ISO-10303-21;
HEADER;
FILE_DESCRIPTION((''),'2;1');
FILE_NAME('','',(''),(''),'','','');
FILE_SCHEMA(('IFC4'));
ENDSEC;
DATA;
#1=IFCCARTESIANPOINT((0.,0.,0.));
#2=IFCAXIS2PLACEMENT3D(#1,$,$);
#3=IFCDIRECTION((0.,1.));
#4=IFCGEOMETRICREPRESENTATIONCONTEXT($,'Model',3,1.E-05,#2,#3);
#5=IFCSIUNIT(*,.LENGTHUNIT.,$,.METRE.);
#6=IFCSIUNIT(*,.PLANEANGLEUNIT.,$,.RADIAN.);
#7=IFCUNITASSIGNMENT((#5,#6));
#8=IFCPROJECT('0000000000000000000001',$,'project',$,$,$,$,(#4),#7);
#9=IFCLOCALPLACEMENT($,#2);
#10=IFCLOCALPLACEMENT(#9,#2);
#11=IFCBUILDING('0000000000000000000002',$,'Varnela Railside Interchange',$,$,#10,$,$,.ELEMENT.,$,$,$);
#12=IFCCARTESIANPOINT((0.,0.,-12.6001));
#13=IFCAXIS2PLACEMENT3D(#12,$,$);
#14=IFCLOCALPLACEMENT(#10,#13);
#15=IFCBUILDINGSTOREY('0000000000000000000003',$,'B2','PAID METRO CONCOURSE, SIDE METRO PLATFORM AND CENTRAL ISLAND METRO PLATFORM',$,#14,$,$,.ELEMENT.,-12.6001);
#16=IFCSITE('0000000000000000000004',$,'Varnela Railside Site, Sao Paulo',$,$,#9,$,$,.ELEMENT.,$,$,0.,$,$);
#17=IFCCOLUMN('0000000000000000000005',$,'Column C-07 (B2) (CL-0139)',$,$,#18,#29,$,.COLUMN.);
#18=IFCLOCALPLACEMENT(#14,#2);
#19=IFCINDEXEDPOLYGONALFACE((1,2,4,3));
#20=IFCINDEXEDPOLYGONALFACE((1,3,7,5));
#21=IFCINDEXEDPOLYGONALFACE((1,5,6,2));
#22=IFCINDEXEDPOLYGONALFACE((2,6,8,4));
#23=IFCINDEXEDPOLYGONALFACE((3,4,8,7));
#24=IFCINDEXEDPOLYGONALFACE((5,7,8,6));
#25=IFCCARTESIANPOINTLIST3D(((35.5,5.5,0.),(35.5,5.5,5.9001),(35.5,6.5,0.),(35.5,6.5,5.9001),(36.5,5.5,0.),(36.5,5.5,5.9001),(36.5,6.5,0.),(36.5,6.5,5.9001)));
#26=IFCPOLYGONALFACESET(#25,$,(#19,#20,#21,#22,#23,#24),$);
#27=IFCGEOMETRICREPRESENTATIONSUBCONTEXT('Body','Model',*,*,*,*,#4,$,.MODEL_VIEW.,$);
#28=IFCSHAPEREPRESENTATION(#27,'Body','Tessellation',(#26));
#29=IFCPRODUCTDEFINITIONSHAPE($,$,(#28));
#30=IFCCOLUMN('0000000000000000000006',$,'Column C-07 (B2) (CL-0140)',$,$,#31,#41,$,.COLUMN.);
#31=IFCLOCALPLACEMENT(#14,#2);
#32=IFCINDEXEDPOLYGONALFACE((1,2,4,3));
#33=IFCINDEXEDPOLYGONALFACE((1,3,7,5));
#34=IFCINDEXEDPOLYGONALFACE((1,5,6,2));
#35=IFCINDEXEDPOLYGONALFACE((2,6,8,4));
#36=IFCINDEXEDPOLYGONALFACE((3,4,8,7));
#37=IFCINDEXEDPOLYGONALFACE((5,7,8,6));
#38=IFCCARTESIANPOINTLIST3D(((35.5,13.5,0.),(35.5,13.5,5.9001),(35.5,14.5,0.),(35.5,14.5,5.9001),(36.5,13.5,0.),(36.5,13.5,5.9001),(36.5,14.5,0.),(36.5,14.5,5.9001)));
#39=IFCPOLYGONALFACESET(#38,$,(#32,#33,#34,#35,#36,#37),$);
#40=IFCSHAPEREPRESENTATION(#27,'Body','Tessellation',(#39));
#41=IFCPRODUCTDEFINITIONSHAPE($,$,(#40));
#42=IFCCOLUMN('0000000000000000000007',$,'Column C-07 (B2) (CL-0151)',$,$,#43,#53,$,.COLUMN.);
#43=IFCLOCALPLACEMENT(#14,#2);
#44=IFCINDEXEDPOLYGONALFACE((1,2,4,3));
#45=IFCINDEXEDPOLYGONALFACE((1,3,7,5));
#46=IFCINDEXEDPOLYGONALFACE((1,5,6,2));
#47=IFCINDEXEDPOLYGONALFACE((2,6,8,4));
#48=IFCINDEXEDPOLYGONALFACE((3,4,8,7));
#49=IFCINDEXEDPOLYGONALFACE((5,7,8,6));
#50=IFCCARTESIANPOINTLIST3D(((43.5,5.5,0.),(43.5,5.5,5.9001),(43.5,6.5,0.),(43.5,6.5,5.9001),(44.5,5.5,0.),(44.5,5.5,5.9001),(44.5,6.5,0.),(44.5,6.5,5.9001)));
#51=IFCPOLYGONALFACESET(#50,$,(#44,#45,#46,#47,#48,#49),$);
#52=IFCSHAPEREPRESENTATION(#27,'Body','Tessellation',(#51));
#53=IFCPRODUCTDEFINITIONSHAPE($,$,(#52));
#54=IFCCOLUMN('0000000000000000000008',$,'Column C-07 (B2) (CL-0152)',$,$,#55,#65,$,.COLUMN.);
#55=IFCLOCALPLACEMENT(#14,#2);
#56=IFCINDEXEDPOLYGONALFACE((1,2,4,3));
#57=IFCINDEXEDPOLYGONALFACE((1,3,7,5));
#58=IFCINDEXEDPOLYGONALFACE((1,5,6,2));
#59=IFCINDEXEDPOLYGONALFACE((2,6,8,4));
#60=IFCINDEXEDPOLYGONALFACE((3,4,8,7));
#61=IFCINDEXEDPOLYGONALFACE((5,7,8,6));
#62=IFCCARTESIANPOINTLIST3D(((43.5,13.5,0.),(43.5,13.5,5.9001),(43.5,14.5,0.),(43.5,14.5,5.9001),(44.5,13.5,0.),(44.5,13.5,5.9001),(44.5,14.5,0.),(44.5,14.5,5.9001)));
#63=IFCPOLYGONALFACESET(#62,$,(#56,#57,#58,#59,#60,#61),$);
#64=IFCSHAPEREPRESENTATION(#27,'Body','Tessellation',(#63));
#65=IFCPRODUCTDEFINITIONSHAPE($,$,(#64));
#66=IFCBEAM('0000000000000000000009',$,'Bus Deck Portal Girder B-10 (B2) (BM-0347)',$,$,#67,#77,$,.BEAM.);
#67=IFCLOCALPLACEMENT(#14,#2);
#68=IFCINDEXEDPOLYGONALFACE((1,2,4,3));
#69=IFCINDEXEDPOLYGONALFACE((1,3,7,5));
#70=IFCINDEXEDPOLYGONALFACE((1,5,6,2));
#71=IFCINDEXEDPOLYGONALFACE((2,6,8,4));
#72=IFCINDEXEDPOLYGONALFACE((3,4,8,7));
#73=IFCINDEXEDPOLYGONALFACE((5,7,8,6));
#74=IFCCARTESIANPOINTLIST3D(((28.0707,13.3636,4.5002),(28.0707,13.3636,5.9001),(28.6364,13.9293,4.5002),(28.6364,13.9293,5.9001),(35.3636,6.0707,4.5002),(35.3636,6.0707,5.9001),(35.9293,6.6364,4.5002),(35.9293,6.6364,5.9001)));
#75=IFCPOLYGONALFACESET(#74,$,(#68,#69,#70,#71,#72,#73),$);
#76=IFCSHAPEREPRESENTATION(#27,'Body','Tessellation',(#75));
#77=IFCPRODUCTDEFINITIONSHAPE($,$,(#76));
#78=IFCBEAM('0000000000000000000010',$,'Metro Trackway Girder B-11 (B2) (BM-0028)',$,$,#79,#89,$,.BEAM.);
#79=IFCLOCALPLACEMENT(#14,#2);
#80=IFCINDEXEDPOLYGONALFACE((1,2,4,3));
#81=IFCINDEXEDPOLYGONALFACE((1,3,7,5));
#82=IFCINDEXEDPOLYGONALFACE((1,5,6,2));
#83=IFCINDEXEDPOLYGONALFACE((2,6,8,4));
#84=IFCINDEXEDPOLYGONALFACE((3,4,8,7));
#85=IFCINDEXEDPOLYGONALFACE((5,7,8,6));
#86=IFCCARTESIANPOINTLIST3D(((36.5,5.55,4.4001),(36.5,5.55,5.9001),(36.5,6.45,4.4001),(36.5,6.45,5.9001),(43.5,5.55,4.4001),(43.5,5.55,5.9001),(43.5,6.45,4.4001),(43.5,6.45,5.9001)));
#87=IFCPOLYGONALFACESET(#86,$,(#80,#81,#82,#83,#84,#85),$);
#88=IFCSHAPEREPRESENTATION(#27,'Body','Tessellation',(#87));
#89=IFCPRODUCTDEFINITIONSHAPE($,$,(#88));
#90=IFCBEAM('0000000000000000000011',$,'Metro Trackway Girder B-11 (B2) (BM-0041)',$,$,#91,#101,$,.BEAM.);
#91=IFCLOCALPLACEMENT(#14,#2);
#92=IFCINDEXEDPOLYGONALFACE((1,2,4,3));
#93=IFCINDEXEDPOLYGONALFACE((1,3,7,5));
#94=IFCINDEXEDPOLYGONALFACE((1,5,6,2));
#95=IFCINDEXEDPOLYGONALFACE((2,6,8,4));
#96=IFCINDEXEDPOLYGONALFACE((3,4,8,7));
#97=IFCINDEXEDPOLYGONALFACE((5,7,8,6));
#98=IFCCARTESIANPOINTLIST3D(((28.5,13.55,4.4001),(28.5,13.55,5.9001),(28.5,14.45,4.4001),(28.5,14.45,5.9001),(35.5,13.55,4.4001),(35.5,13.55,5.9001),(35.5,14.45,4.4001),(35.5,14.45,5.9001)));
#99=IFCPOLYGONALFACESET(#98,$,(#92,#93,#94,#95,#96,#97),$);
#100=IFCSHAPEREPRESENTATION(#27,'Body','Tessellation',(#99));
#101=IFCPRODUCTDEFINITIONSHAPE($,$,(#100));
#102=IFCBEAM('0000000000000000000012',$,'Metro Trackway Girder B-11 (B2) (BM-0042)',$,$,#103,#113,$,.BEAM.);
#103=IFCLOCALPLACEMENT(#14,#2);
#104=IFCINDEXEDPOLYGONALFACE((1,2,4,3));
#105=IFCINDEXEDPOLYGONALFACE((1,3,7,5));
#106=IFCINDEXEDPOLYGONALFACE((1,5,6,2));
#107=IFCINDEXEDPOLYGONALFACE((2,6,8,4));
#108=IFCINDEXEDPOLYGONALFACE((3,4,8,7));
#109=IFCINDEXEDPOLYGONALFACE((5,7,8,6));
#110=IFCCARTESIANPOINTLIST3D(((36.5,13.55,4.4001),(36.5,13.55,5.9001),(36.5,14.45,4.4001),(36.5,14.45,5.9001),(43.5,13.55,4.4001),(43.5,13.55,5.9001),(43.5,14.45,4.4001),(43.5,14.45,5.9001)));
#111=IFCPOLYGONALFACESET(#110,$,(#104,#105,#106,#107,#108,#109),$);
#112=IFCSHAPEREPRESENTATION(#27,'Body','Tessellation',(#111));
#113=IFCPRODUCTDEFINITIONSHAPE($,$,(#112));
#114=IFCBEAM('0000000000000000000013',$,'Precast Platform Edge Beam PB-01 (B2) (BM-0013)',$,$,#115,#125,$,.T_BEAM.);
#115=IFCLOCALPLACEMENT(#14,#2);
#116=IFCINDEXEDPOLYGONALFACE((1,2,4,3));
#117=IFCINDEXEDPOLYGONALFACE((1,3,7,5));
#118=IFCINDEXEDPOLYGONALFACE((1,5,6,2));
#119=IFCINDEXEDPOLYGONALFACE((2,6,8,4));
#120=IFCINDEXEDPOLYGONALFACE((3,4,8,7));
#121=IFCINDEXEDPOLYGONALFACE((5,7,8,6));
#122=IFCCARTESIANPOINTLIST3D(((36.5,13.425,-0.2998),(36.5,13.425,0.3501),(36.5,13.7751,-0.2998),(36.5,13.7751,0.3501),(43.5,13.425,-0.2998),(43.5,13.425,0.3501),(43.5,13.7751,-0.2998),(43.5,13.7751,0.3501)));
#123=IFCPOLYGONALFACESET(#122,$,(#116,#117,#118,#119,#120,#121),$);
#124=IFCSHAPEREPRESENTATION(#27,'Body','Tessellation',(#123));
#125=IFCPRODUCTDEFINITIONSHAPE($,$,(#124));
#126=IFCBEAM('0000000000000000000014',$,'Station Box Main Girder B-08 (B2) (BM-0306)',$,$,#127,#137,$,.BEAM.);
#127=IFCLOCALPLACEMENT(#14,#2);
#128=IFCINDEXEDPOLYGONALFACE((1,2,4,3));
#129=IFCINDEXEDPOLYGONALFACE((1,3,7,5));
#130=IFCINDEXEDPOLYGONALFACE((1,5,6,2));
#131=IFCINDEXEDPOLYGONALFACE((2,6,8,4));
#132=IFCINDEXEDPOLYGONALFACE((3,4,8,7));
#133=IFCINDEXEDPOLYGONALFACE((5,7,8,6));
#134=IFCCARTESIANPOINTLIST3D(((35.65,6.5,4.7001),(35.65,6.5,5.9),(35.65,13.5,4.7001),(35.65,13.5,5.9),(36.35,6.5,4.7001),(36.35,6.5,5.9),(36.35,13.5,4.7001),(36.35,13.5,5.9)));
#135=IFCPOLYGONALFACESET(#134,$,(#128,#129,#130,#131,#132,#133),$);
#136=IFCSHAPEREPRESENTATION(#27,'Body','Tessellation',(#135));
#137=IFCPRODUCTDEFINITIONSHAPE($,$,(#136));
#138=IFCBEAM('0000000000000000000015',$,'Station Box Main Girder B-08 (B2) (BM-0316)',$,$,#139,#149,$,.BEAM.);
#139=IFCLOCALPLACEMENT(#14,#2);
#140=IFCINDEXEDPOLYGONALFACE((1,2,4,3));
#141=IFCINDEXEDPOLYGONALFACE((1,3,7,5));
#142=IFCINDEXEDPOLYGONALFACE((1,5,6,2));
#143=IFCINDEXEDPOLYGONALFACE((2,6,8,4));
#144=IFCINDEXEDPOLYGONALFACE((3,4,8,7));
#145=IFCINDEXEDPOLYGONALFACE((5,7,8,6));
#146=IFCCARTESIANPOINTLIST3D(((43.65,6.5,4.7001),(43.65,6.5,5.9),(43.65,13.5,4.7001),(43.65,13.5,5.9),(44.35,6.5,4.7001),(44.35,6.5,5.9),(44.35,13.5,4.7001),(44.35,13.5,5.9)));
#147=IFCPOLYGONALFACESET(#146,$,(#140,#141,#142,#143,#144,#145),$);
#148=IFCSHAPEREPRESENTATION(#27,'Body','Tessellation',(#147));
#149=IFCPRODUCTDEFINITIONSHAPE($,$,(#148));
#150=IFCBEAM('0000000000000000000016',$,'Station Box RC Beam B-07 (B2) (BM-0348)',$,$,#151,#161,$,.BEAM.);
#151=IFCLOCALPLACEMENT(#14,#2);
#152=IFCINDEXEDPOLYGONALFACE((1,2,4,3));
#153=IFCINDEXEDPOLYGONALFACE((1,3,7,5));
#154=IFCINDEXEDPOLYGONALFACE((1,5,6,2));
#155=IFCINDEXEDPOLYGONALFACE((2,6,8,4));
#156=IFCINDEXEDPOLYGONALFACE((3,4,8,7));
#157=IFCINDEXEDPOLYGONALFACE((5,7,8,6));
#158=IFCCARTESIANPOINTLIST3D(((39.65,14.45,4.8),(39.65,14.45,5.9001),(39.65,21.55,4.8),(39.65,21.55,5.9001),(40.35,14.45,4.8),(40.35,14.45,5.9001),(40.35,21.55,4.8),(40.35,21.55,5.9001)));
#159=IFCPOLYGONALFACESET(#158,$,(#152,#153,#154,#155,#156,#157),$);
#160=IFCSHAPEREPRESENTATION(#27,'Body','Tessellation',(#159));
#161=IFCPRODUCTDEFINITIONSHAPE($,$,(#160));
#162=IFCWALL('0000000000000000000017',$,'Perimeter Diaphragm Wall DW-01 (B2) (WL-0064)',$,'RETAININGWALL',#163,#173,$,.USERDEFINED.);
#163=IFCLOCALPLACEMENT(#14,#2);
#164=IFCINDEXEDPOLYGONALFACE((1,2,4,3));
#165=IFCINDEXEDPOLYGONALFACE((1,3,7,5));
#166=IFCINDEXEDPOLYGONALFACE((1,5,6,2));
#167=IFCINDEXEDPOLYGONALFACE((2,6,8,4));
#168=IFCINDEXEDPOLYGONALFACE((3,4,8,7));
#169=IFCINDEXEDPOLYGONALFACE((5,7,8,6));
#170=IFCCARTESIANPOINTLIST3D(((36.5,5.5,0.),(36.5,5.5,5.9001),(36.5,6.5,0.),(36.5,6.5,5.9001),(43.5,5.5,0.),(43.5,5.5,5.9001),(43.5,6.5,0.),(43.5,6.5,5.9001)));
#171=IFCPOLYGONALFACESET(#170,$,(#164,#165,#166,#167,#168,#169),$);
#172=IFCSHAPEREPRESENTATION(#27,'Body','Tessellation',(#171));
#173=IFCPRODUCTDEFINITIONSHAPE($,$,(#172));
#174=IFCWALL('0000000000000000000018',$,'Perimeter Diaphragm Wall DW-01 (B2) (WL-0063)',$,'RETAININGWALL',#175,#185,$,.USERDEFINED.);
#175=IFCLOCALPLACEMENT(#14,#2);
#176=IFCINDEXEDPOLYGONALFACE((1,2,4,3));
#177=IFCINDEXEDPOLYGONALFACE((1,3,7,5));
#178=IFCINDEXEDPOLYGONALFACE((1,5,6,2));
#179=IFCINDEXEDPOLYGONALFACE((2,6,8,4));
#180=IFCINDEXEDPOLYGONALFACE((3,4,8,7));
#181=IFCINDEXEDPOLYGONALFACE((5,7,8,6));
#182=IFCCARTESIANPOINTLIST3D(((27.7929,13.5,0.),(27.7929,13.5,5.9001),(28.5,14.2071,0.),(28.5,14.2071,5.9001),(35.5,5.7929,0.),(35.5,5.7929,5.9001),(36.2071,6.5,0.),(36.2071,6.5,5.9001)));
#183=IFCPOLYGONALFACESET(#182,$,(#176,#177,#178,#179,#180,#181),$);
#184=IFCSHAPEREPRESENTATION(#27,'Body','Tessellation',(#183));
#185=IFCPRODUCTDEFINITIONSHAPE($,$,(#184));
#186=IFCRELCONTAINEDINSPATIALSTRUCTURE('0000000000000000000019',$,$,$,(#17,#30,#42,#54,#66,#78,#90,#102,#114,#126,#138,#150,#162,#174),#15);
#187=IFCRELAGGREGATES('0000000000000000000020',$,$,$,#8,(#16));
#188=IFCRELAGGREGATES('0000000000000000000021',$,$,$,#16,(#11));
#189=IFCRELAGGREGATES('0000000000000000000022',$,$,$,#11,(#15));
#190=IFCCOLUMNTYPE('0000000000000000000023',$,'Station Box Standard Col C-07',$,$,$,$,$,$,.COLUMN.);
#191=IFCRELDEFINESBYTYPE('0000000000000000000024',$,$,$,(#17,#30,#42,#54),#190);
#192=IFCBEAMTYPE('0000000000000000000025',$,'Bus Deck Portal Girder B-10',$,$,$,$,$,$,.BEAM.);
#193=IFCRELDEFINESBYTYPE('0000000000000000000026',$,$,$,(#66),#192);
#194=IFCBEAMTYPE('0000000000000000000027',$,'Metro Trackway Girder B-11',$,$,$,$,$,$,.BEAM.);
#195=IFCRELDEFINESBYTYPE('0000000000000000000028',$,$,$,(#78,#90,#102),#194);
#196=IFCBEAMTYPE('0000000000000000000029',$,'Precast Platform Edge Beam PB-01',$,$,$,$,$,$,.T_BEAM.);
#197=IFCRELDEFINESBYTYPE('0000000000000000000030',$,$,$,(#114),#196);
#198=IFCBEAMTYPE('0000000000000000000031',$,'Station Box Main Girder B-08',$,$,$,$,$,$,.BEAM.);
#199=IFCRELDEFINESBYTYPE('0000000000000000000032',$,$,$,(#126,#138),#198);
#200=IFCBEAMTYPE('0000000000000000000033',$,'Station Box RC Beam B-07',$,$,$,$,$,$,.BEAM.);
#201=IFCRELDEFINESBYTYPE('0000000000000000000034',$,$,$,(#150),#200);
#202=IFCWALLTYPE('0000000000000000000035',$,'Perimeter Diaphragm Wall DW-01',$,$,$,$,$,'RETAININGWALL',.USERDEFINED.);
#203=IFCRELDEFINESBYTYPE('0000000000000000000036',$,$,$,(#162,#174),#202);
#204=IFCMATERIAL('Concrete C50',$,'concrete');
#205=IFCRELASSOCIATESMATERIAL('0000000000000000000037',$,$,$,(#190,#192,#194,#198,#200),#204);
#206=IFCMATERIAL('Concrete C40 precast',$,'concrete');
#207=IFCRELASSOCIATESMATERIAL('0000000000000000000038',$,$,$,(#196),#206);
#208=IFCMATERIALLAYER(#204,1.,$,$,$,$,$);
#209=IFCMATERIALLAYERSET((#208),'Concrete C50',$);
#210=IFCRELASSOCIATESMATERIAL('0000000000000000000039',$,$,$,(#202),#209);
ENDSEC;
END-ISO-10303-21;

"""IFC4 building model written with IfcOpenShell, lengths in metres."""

from ifc_helpers import new_model, si_unit, direction, frame, frame_2d, origin, origin_2d, place, context, subcontext, project, spatial, rectangle, extrude, material, layer, layer_set, material_profile, profile_set, type_object, element, save


model = new_model("IFC4")

# Units and contexts
model_context = context("Model", 3, precision=1e-05, world=origin(), true_north=direction((0.0, 1.0)))
body_context = subcontext(model_context, "Body", "Model", "MODEL_VIEW")
ifc_project = project(units=[si_unit("LENGTHUNIT", "METRE"), si_unit("PLANEANGLEUNIT", "RADIAN")], contexts=[model_context])

# Site, building, storey
site_placement = place(None, origin())
site = spatial("IfcSite", under=ifc_project, at=site_placement, Name="Varnela Railside Site, Sao Paulo", CompositionType="ELEMENT", RefElevation=0.0)
building_placement = place(site_placement, origin())
building = spatial("IfcBuilding", under=site, at=building_placement, Name="Varnela Railside Interchange", CompositionType="ELEMENT")
storey_placement = place(building_placement, frame((0.0, 0.0, -12.6001)))
storey = spatial("IfcBuildingStorey", under=building, at=storey_placement, Name="B2", Description="PAID METRO CONCOURSE, SIDE METRO PLATFORM AND CENTRAL ISLAND METRO PLATFORM", CompositionType="ELEMENT", Elevation=-12.6001)

# Shared definitions
ifc_material_1 = material(Name="Concrete C50", Category="concrete")

# Columns
ifc_material_profile_1 = material_profile(ifc_material_1, rectangle(XDim=1.0, YDim=1.0, at=origin_2d()), Name="RC 1000x1000")
ifc_profile_set_1 = profile_set([ifc_material_profile_1], Name="Concrete C50")
column_type_1 = type_object("IfcColumnType", Name="Station Box Standard Col C-07", PredefinedType="COLUMN", material=ifc_profile_set_1)
for number, where, z_axis, x_axis, name in (
    (1, (36.0, 6.0, 0.0), (0.0, 0.0, 1.0), (1.0, 0.0, 0.0), "Column C-07 (B2) (CL-0139)"),
    (2, (36.0, 14.0, 0.0), (0.0, 0.0, 1.0), (1.0, 0.0, 0.0), "Column C-07 (B2) (CL-0140)"),
    (3, (44.0, 6.0, 0.0), (0.0, 0.0, 1.0), (1.0, 0.0, 0.0), "Column C-07 (B2) (CL-0151)"),
    (4, (44.0, 14.0, 0.0), (0.0, 0.0, 1.0), (1.0, 0.0, 0.0), "Column C-07 (B2) (CL-0152)"),
):
    element("IfcColumn", number, at=place(storey_placement, frame(where, z_axis=z_axis, x_axis=x_axis)), inside=storey, type_object=column_type_1, Name=name, PredefinedType="COLUMN", context=body_context, shape_type="SweptSolid", body=[
        extrude(rectangle(XDim=1.0, YDim=1.0, at=origin_2d()), origin(), (0.0, 0.0, 1.0), 5.9001),
    ])

# Beams
ifc_material_profile_2 = material_profile(ifc_material_1, rectangle(XDim=0.8, YDim=1.3999, at=origin_2d()), Name="RC 800x1400")
ifc_profile_set_2 = profile_set([ifc_material_profile_2], Name="Concrete C50")
beam_type_1 = type_object("IfcBeamType", Name="Bus Deck Portal Girder B-10", PredefinedType="BEAM", material=ifc_profile_set_2)
beam_1_placement = place(storey_placement, frame((28.3535, 13.6465, 5.2002), z_axis=(0.707107, -0.707107, 0.0), x_axis=(0.707107, 0.707107, 0.0)))
element("IfcBeam", 5, at=beam_1_placement, inside=storey, type_object=beam_type_1, Name="Bus Deck Portal Girder B-10 (B2) (BM-0347)", PredefinedType="BEAM", context=body_context, shape_type="SweptSolid", body=[
    extrude(rectangle(XDim=0.8, YDim=1.3999, at=origin_2d()), origin(), (0.0, 0.0, 1.0), 10.3137),
])
ifc_material_profile_3 = material_profile(ifc_material_1, rectangle(XDim=0.8999, YDim=1.5, at=origin_2d()), Name="RC 900x1500")
ifc_profile_set_3 = profile_set([ifc_material_profile_3], Name="Concrete C50")
beam_type_2 = type_object("IfcBeamType", Name="Metro Trackway Girder B-11", PredefinedType="BEAM", material=ifc_profile_set_3)
for number, where, z_axis, x_axis, name in (
    (6, (36.5, 6.0, 5.1501), (1.0, 0.0, 0.0), (0.0, 1.0, 0.0), "Metro Trackway Girder B-11 (B2) (BM-0028)"),
    (7, (28.5, 14.0, 5.1501), (1.0, 0.0, 0.0), (0.0, 1.0, 0.0), "Metro Trackway Girder B-11 (B2) (BM-0041)"),
    (8, (36.5, 14.0, 5.1501), (1.0, 0.0, 0.0), (0.0, 1.0, 0.0), "Metro Trackway Girder B-11 (B2) (BM-0042)"),
):
    element("IfcBeam", number, at=place(storey_placement, frame(where, z_axis=z_axis, x_axis=x_axis)), inside=storey, type_object=beam_type_2, Name=name, PredefinedType="BEAM", context=body_context, shape_type="SweptSolid", body=[
        extrude(rectangle(XDim=0.8999, YDim=1.5, at=origin_2d()), origin(), (0.0, 0.0, 1.0), 7.0),
    ])
ifc_material_2 = material(Name="Concrete C40 precast", Category="concrete")
ifc_material_profile_4 = material_profile(ifc_material_2, rectangle(XDim=0.3501, YDim=0.6499, at=origin_2d()), Name="PC 350x650")
ifc_profile_set_4 = profile_set([ifc_material_profile_4], Name="Concrete C40 precast")
beam_type_3 = type_object("IfcBeamType", Name="Precast Platform Edge Beam PB-01", PredefinedType="T_BEAM", material=ifc_profile_set_4)
beam_2_placement = place(storey_placement, frame((36.5, 13.6001, 0.0251), z_axis=(1.0, 0.0, 0.0), x_axis=(0.0, 1.0, 0.0)))
element("IfcBeam", 9, at=beam_2_placement, inside=storey, type_object=beam_type_3, Name="Precast Platform Edge Beam PB-01 (B2) (BM-0013)", PredefinedType="T_BEAM", context=body_context, shape_type="SweptSolid", body=[
    extrude(rectangle(XDim=0.3501, YDim=0.6499, at=origin_2d()), origin(), (0.0, 0.0, 1.0), 7.0),
])
ifc_material_profile_5 = material_profile(ifc_material_1, rectangle(XDim=0.7, YDim=1.2, at=origin_2d()), Name="RC 700x1200")
ifc_profile_set_5 = profile_set([ifc_material_profile_5], Name="Concrete C50")
beam_type_4 = type_object("IfcBeamType", Name="Station Box Main Girder B-08", PredefinedType="BEAM", material=ifc_profile_set_5)
for number, where, z_axis, x_axis, name in (
    (10, (36.0, 6.5, 5.3), (0.0, 1.0, 0.0), (-1.0, 0.0, 0.0), "Station Box Main Girder B-08 (B2) (BM-0306)"),
    (11, (44.0, 6.5, 5.3), (0.0, 1.0, 0.0), (-1.0, 0.0, 0.0), "Station Box Main Girder B-08 (B2) (BM-0316)"),
):
    element("IfcBeam", number, at=place(storey_placement, frame(where, z_axis=z_axis, x_axis=x_axis)), inside=storey, type_object=beam_type_4, Name=name, PredefinedType="BEAM", context=body_context, shape_type="SweptSolid", body=[
        extrude(rectangle(XDim=0.7, YDim=1.2, at=origin_2d()), origin(), (0.0, 0.0, 1.0), 7.0),
    ])
ifc_material_profile_6 = material_profile(ifc_material_1, rectangle(XDim=0.7, YDim=1.1001, at=origin_2d()), Name="RC 700x1100")
ifc_profile_set_6 = profile_set([ifc_material_profile_6], Name="Concrete C50")
beam_type_5 = type_object("IfcBeamType", Name="Station Box RC Beam B-07", PredefinedType="BEAM", material=ifc_profile_set_6)
beam_3_placement = place(storey_placement, frame((40.0, 14.45, 5.3501), z_axis=(0.0, 1.0, 0.0), x_axis=(-1.0, 0.0, 0.0)))
element("IfcBeam", 12, at=beam_3_placement, inside=storey, type_object=beam_type_5, Name="Station Box RC Beam B-07 (B2) (BM-0348)", PredefinedType="BEAM", context=body_context, shape_type="SweptSolid", body=[
    extrude(rectangle(XDim=0.7, YDim=1.1001, at=origin_2d()), origin(), (0.0, 0.0, 1.0), 7.1001),
])

# Walls
ifc_layer = layer(ifc_material_1, 1.0)
ifc_layer_set = layer_set([ifc_layer], Name="Concrete C50")
wall_type = type_object("IfcWallType", Name="Perimeter Diaphragm Wall DW-01", ElementType="RETAININGWALL", PredefinedType="USERDEFINED", material=ifc_layer_set)
wall_1_placement = place(storey_placement, frame((36.5, 6.0, 0.0), z_axis=(0.0, 0.0, 1.0), x_axis=(1.0, 0.0, 0.0)))
element("IfcWall", 13, at=wall_1_placement, inside=storey, type_object=wall_type, Name="Perimeter Diaphragm Wall DW-01 (B2) (WL-0064)", ObjectType="RETAININGWALL", PredefinedType="USERDEFINED", context=body_context, shape_type="SweptSolid", body=[
    extrude(rectangle(XDim=7.0, YDim=1.0, at=frame_2d((3.5, 0.0))), origin(), (0.0, 0.0, 1.0), 5.9001),
])
wall_2_placement = place(storey_placement, frame((28.1465, 13.8535, 0.0), z_axis=(0.0, 0.0, 1.0), x_axis=(0.707107, -0.707107, 0.0)))
element("IfcWall", 14, at=wall_2_placement, inside=storey, type_object=wall_type, Name="Perimeter Diaphragm Wall DW-01 (B2) (WL-0063)", ObjectType="RETAININGWALL", PredefinedType="USERDEFINED", context=body_context, shape_type="SweptSolid", body=[
    extrude(rectangle(XDim=10.8994, YDim=1.0, at=frame_2d((5.4497, 0.0))), origin(), (0.0, 0.0, 1.0), 5.9001),
])

save(model, "model.ifc")
